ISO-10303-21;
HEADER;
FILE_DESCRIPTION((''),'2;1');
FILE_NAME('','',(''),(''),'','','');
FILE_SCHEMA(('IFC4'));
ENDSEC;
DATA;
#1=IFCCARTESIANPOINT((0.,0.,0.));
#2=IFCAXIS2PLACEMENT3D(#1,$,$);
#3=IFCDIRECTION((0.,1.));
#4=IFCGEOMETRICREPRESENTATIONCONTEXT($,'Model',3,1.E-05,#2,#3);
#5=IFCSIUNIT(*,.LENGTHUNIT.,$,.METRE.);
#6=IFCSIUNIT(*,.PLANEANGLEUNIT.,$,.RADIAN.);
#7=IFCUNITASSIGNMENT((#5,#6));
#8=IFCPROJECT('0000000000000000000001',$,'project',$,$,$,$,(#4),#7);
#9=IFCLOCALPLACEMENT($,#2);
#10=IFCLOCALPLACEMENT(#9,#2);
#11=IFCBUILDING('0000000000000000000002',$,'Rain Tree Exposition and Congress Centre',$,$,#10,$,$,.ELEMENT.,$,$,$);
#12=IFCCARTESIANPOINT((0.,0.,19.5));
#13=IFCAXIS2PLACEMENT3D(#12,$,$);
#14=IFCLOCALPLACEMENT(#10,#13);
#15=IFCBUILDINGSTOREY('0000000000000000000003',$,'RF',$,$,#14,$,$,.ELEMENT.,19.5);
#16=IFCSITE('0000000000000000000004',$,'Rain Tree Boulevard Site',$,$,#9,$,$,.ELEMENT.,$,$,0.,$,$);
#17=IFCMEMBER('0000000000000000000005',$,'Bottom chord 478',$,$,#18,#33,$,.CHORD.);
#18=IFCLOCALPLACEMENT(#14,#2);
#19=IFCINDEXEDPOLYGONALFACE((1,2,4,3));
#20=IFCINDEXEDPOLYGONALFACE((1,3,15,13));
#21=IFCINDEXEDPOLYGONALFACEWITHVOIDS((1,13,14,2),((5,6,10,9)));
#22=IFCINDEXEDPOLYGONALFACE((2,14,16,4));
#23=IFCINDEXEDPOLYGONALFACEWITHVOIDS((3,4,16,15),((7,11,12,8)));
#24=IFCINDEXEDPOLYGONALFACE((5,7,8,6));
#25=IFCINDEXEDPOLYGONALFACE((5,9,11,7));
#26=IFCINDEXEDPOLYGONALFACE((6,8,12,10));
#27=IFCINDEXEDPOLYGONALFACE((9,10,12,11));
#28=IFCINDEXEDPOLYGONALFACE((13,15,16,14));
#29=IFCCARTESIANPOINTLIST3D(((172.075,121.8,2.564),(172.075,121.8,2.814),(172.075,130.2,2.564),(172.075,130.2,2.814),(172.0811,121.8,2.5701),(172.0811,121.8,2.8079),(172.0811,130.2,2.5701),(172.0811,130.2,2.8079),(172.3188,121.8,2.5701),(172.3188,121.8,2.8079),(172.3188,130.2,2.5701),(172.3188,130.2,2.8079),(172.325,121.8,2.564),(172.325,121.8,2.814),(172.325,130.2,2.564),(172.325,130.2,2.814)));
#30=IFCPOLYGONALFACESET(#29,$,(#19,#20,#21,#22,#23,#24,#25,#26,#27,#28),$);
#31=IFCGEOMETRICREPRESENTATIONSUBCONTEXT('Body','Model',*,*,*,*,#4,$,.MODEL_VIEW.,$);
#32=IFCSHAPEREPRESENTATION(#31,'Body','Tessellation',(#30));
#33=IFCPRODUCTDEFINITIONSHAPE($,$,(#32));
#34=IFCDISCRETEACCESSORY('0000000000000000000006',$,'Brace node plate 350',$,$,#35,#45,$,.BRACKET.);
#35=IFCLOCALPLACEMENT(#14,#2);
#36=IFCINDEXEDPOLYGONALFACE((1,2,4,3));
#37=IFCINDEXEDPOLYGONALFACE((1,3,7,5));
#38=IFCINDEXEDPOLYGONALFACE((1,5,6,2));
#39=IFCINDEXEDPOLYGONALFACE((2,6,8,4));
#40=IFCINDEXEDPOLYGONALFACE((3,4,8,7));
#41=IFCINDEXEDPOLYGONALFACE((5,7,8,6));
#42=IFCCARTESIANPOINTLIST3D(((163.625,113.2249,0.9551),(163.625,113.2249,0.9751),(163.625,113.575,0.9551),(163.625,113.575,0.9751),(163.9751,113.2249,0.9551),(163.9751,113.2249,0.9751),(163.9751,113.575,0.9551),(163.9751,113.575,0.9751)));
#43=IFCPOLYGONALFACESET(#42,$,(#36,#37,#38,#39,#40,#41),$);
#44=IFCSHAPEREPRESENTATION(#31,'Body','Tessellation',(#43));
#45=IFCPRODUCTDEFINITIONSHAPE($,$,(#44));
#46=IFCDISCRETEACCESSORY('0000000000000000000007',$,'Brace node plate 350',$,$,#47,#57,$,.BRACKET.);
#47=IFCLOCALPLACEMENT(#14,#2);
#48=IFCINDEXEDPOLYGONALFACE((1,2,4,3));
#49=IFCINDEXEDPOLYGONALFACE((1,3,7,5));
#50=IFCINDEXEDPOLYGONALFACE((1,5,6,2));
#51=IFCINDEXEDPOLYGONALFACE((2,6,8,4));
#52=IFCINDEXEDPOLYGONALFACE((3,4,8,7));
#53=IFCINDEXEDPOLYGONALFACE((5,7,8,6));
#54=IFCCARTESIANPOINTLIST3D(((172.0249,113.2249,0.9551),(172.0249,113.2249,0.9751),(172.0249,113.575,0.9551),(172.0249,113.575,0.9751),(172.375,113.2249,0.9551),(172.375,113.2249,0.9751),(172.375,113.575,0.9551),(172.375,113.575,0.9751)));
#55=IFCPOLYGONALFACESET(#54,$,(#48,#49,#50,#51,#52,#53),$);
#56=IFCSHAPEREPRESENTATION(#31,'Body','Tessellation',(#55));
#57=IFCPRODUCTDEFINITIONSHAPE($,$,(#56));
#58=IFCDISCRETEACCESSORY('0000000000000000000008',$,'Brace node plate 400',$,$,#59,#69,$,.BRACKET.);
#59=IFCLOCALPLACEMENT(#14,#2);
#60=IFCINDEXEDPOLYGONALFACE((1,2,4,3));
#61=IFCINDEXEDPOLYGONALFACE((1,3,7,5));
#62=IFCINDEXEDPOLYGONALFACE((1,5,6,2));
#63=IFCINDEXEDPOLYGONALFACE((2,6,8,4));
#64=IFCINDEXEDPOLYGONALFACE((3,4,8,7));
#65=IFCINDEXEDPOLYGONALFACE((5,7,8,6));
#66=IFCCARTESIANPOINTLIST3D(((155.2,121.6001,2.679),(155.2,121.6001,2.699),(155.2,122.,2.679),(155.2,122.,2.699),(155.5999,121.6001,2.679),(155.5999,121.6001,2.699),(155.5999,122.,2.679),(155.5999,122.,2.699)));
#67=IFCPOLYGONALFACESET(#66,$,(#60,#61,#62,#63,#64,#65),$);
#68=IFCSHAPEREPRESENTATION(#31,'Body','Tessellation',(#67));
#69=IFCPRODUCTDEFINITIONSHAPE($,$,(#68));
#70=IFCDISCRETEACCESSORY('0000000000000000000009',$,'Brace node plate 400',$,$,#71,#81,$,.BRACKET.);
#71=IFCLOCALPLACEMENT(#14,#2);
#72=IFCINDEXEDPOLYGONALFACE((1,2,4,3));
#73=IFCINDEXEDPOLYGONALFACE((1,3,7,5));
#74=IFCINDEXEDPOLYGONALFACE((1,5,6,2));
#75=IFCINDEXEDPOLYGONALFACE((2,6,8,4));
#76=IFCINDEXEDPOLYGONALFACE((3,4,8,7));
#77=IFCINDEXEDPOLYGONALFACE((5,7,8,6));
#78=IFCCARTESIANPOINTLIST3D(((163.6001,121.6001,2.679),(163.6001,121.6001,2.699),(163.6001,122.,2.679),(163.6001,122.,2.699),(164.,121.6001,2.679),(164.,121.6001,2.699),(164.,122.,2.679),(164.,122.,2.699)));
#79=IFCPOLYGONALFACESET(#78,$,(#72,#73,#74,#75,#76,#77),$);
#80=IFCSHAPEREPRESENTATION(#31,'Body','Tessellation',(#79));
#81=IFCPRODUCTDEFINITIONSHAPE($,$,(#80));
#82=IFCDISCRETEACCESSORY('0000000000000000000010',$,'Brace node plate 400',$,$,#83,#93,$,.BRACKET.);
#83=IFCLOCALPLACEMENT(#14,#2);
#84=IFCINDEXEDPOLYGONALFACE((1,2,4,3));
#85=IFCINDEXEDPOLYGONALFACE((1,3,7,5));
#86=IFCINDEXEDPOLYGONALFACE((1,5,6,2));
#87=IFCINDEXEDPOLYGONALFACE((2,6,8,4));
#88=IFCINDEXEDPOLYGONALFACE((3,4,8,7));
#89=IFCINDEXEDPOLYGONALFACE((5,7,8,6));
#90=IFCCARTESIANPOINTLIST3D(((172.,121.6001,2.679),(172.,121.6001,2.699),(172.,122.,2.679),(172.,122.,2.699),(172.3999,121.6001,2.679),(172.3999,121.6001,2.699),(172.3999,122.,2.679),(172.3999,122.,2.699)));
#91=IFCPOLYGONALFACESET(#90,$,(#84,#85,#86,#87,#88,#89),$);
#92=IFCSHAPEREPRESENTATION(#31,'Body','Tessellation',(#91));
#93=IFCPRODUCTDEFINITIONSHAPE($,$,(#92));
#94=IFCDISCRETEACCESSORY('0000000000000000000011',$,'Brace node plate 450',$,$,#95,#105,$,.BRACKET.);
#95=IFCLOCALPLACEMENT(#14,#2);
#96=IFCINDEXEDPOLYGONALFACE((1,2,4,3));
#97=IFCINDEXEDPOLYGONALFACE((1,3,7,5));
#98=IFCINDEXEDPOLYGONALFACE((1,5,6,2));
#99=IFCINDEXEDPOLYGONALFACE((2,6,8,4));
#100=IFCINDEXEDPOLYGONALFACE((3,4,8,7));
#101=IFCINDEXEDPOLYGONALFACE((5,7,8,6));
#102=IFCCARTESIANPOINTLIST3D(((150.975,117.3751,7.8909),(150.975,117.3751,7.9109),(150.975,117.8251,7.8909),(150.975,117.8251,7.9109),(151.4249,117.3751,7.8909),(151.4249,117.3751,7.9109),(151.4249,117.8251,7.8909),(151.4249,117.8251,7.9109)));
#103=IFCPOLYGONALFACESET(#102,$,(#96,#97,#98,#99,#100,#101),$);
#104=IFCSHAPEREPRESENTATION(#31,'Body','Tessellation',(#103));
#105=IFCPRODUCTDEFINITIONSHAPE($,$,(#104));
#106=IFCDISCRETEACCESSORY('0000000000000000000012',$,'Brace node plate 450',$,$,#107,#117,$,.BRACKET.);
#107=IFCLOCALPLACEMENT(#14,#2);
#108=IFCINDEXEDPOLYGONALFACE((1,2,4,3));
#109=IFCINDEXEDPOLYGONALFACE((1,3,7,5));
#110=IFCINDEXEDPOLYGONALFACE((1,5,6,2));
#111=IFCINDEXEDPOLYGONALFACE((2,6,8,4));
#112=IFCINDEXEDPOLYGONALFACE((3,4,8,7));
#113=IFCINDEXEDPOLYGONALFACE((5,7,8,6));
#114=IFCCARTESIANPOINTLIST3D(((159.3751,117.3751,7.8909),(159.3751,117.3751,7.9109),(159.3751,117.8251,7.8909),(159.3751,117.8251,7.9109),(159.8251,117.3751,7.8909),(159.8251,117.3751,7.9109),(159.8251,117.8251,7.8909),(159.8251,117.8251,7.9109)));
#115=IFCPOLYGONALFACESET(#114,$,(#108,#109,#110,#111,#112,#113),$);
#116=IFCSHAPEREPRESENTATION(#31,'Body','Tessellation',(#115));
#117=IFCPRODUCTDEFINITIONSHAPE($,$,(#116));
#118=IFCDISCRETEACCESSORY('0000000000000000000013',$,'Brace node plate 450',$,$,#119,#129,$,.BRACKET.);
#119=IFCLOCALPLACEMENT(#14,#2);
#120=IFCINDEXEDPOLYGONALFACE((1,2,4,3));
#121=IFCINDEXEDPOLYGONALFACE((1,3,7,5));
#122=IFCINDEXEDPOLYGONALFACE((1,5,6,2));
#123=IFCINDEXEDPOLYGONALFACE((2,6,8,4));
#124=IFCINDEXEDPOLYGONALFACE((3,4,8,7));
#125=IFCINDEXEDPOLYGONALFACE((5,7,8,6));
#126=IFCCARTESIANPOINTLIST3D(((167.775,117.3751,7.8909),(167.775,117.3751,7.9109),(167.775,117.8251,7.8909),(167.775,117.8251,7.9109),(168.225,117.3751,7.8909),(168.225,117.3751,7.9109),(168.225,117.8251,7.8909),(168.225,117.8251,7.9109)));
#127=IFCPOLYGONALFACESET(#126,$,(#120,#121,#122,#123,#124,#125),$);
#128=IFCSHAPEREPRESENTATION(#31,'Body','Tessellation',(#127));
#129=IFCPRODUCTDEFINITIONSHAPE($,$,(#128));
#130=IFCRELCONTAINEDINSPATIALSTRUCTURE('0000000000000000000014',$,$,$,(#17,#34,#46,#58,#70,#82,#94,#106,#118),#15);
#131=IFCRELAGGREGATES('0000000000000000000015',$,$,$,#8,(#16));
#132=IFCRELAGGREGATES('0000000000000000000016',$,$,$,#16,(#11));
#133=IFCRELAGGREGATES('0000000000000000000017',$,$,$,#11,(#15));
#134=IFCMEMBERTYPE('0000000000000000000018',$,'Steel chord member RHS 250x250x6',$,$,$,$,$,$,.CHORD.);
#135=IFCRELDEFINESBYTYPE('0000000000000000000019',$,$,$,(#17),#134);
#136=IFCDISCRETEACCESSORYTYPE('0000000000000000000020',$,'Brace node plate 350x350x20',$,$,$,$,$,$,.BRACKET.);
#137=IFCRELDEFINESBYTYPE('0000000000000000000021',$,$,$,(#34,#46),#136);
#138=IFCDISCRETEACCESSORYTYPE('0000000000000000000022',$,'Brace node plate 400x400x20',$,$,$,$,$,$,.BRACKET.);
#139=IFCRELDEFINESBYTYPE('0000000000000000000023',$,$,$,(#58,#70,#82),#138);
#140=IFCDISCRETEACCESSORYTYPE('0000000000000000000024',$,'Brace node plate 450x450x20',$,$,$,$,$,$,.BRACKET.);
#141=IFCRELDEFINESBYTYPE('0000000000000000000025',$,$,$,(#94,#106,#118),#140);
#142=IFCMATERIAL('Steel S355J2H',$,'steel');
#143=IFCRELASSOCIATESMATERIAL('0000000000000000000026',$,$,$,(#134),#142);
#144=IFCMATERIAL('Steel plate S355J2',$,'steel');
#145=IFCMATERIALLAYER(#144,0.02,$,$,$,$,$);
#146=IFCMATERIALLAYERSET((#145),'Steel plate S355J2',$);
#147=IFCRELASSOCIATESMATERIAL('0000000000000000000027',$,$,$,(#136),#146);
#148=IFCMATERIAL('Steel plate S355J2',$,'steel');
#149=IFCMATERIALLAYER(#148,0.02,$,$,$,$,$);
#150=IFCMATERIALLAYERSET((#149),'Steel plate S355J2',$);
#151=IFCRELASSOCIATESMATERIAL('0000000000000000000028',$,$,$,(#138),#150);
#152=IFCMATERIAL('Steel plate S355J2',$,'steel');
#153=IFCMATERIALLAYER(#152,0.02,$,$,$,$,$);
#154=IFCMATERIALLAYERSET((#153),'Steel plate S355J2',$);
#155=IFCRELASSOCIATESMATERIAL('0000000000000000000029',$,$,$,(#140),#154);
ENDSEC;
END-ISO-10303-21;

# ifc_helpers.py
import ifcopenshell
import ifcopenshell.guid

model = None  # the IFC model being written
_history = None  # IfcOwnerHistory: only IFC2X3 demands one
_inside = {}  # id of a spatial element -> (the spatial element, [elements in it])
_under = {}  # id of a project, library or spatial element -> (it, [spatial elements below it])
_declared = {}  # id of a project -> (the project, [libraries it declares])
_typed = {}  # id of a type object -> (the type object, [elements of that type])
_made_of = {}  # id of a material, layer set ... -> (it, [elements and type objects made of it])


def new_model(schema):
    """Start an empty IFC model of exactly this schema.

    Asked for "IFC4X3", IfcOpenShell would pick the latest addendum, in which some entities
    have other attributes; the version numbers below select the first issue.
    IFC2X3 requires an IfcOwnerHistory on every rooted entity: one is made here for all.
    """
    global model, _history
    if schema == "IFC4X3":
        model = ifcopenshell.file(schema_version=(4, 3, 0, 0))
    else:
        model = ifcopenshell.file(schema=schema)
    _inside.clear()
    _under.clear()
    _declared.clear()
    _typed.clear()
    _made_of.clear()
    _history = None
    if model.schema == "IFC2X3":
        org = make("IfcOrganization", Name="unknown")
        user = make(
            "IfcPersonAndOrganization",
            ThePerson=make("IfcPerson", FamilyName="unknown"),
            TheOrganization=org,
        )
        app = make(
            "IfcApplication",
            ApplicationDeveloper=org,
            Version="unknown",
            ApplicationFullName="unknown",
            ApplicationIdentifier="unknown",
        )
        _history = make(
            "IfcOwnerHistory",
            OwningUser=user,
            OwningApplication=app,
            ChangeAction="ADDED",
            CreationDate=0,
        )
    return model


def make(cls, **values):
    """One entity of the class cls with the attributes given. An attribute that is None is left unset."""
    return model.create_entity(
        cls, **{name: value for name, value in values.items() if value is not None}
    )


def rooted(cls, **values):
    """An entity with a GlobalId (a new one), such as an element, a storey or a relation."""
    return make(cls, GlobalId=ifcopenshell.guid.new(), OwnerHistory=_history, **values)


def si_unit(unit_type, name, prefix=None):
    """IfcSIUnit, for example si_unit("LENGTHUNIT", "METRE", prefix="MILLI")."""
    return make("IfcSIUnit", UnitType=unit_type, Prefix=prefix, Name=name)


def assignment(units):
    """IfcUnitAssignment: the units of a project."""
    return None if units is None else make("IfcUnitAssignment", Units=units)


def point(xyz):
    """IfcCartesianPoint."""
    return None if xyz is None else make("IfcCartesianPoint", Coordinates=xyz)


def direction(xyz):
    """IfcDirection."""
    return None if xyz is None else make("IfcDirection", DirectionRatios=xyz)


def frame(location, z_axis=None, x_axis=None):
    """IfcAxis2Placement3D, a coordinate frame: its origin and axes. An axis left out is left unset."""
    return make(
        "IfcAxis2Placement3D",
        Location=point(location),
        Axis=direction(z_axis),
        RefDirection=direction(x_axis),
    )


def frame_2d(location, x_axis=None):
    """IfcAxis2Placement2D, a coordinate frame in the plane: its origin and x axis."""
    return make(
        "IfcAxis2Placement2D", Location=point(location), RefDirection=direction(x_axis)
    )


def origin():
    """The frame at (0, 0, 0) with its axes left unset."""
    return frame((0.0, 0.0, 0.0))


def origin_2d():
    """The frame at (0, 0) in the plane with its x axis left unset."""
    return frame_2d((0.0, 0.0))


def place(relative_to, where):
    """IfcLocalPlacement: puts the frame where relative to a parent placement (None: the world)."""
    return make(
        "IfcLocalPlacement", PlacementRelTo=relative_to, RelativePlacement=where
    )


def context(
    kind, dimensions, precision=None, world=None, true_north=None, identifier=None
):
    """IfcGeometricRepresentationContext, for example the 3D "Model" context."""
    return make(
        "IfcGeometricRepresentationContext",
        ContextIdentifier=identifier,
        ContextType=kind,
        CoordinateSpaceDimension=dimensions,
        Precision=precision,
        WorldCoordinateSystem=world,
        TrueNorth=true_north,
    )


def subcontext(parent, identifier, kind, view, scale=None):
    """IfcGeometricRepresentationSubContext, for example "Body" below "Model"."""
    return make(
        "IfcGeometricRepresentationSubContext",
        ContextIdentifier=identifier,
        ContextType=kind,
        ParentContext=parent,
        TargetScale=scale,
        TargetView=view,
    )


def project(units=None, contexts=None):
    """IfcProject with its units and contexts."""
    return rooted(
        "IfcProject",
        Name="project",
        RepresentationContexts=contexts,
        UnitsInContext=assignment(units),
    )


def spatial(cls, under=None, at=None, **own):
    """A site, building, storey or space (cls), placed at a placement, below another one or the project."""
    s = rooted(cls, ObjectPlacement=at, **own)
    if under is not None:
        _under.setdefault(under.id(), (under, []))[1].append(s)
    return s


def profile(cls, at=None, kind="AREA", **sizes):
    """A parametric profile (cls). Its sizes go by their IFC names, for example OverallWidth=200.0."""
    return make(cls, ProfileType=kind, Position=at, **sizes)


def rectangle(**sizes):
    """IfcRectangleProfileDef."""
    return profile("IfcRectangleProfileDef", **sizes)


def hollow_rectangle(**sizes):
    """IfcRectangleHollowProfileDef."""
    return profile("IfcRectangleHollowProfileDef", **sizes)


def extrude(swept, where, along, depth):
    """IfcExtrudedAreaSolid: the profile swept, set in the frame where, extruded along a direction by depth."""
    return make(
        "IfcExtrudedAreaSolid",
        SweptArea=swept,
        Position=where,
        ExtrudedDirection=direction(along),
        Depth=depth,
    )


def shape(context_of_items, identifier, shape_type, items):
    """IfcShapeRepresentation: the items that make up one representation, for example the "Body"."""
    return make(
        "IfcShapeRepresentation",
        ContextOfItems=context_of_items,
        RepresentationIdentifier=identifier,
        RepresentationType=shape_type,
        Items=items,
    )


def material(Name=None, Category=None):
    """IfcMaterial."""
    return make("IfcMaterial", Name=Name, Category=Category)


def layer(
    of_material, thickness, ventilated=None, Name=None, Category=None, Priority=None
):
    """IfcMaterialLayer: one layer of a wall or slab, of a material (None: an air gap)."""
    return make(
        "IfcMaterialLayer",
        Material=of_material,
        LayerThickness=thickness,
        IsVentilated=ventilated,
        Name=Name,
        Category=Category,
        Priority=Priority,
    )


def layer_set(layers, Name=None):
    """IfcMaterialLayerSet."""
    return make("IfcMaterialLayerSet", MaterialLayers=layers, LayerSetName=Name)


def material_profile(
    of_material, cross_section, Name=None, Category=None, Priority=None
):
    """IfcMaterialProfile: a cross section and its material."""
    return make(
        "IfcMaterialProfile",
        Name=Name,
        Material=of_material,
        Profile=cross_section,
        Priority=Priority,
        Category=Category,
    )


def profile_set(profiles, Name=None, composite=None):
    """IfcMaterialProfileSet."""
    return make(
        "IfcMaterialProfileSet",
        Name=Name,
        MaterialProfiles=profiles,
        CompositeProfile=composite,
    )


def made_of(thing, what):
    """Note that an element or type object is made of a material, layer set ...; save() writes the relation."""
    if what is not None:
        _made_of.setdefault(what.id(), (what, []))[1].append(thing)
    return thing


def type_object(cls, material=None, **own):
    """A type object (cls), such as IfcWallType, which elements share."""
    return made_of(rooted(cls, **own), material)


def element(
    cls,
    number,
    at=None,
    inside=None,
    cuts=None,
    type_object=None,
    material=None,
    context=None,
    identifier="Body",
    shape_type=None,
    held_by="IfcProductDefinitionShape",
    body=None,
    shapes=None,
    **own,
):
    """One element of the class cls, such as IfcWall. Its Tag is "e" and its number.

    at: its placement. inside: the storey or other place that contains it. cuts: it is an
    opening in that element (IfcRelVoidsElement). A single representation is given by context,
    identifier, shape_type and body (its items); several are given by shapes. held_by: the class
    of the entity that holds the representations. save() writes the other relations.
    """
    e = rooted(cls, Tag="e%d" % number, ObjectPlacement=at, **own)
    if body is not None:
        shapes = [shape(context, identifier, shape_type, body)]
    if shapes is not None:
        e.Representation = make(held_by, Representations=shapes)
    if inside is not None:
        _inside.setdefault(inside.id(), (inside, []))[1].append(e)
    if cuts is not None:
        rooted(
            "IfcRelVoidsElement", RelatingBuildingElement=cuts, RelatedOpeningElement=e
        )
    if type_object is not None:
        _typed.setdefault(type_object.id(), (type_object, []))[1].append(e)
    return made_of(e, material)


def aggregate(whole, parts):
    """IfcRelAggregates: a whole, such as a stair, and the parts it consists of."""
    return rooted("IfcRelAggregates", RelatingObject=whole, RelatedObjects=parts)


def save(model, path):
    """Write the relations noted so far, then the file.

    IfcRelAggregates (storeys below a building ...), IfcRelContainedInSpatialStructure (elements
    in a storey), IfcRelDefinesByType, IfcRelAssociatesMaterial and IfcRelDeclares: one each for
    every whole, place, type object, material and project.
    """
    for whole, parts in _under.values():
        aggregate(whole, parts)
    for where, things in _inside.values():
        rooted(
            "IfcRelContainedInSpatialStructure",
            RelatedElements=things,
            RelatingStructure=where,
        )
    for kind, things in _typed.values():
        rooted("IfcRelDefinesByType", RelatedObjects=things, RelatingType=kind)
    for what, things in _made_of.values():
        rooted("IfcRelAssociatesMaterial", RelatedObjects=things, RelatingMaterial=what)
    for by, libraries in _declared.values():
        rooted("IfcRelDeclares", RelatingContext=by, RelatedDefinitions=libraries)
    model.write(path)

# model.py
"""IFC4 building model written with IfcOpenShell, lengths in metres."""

from ifc_helpers import new_model, si_unit, direction, frame, origin, origin_2d, place, context, subcontext, project, spatial, rectangle, hollow_rectangle, extrude, material, layer, layer_set, material_profile, profile_set, type_object, element, save


model = new_model("IFC4")

# Units and contexts
model_context = context("Model", 3, precision=1e-05, world=origin(), true_north=direction((0.0, 1.0)))
body_context = subcontext(model_context, "Body", "Model", "MODEL_VIEW")
ifc_project = project(units=[si_unit("LENGTHUNIT", "METRE"), si_unit("PLANEANGLEUNIT", "RADIAN")], contexts=[model_context])

# Site, building, storey
site_placement = place(None, origin())
site = spatial("IfcSite", under=ifc_project, at=site_placement, Name="Rain Tree Boulevard Site", CompositionType="ELEMENT", RefElevation=0.0)
building_placement = place(site_placement, origin())
building = spatial("IfcBuilding", under=site, at=building_placement, Name="Rain Tree Exposition and Congress Centre", CompositionType="ELEMENT")
storey_placement = place(building_placement, frame((0.0, 0.0, 19.5)))
storey = spatial("IfcBuildingStorey", under=building, at=storey_placement, Name="RF", CompositionType="ELEMENT", Elevation=19.5)

# Member
ifc_material_1 = material(Name="Steel S355J2H", Category="steel")
ifc_material_profile_1 = material_profile(ifc_material_1, hollow_rectangle(XDim=0.25, YDim=0.25, WallThickness=0.0061, at=origin_2d()), Name="RHS 250x250x6")
ifc_profile_set_1 = profile_set([ifc_material_profile_1], Name="Steel S355J2H")
member_type_1 = type_object("IfcMemberType", Name="Steel chord member RHS 250x250x6", PredefinedType="CHORD", material=ifc_profile_set_1)
member_1_placement = place(storey_placement, frame((172.2, 121.8, 2.689), z_axis=(0.0, 1.0, 0.0), x_axis=(-1.0, 0.0, 0.0)))
element("IfcMember", 1, at=member_1_placement, inside=storey, type_object=member_type_1, Name="Bottom chord 478", PredefinedType="CHORD", context=body_context, shape_type="SweptSolid", body=[
    extrude(hollow_rectangle(XDim=0.25, YDim=0.25, WallThickness=0.0061, at=origin_2d()), origin(), (0.0, 0.0, 1.0), 8.3999),
])

# Discrete accessories
ifc_material_2 = material(Name="Steel plate S355J2", Category="steel")
ifc_layer_1 = layer(ifc_material_2, 0.02)
ifc_layer_set_1 = layer_set([ifc_layer_1], Name="Steel plate S355J2")
discrete_accessory_type_1 = type_object("IfcDiscreteAccessoryType", Name="Brace node plate 350x350x20", PredefinedType="BRACKET", material=ifc_layer_set_1)
for number, where, z_axis, x_axis, name in (
    (2, (163.8, 113.3999, 0.9551), (0.0, 0.0, 1.0), (1.0, 0.0, 0.0), "Brace node plate 350"),
    (3, (172.2, 113.3999, 0.9551), (0.0, 0.0, 1.0), (1.0, 0.0, 0.0), "Brace node plate 350"),
):
    element("IfcDiscreteAccessory", number, at=place(storey_placement, frame(where, z_axis=z_axis, x_axis=x_axis)), inside=storey, type_object=discrete_accessory_type_1, Name=name, PredefinedType="BRACKET", context=body_context, shape_type="SweptSolid", body=[
        extrude(rectangle(XDim=0.3501, YDim=0.3501, at=origin_2d()), origin(), (0.0, 0.0, 1.0), 0.02),
    ])
ifc_material_3 = material(Name="Steel plate S355J2", Category="steel")
ifc_layer_2 = layer(ifc_material_3, 0.02)
ifc_layer_set_2 = layer_set([ifc_layer_2], Name="Steel plate S355J2")
discrete_accessory_type_2 = type_object("IfcDiscreteAccessoryType", Name="Brace node plate 400x400x20", PredefinedType="BRACKET", material=ifc_layer_set_2)
for number, where, z_axis, x_axis, name in (
    (4, (155.3999, 121.8, 2.679), (0.0, 0.0, 1.0), (1.0, 0.0, 0.0), "Brace node plate 400"),
    (5, (163.8, 121.8, 2.679), (0.0, 0.0, 1.0), (1.0, 0.0, 0.0), "Brace node plate 400"),
    (6, (172.2, 121.8, 2.679), (0.0, 0.0, 1.0), (1.0, 0.0, 0.0), "Brace node plate 400"),
):
    element("IfcDiscreteAccessory", number, at=place(storey_placement, frame(where, z_axis=z_axis, x_axis=x_axis)), inside=storey, type_object=discrete_accessory_type_2, Name=name, PredefinedType="BRACKET", context=body_context, shape_type="SweptSolid", body=[
        extrude(rectangle(XDim=0.3999, YDim=0.3999, at=origin_2d()), origin(), (0.0, 0.0, 1.0), 0.02),
    ])
ifc_material_4 = material(Name="Steel plate S355J2", Category="steel")
ifc_layer_3 = layer(ifc_material_4, 0.02)
ifc_layer_set_3 = layer_set([ifc_layer_3], Name="Steel plate S355J2")
discrete_accessory_type_3 = type_object("IfcDiscreteAccessoryType", Name="Brace node plate 450x450x20", PredefinedType="BRACKET", material=ifc_layer_set_3)
for number, where, z_axis, x_axis, name in (
    (7, (151.2, 117.6001, 7.8909), (0.0, 0.0, 1.0), (1.0, 0.0, 0.0), "Brace node plate 450"),
    (8, (159.6001, 117.6001, 7.8909), (0.0, 0.0, 1.0), (1.0, 0.0, 0.0), "Brace node plate 450"),
    (9, (168.0, 117.6001, 7.8909), (0.0, 0.0, 1.0), (1.0, 0.0, 0.0), "Brace node plate 450"),
):
    element("IfcDiscreteAccessory", number, at=place(storey_placement, frame(where, z_axis=z_axis, x_axis=x_axis)), inside=storey, type_object=discrete_accessory_type_3, Name=name, PredefinedType="BRACKET", context=body_context, shape_type="SweptSolid", body=[
        extrude(rectangle(XDim=0.45, YDim=0.45, at=origin_2d()), origin(), (0.0, 0.0, 1.0), 0.02),
    ])

save(model, "model.ifc")
